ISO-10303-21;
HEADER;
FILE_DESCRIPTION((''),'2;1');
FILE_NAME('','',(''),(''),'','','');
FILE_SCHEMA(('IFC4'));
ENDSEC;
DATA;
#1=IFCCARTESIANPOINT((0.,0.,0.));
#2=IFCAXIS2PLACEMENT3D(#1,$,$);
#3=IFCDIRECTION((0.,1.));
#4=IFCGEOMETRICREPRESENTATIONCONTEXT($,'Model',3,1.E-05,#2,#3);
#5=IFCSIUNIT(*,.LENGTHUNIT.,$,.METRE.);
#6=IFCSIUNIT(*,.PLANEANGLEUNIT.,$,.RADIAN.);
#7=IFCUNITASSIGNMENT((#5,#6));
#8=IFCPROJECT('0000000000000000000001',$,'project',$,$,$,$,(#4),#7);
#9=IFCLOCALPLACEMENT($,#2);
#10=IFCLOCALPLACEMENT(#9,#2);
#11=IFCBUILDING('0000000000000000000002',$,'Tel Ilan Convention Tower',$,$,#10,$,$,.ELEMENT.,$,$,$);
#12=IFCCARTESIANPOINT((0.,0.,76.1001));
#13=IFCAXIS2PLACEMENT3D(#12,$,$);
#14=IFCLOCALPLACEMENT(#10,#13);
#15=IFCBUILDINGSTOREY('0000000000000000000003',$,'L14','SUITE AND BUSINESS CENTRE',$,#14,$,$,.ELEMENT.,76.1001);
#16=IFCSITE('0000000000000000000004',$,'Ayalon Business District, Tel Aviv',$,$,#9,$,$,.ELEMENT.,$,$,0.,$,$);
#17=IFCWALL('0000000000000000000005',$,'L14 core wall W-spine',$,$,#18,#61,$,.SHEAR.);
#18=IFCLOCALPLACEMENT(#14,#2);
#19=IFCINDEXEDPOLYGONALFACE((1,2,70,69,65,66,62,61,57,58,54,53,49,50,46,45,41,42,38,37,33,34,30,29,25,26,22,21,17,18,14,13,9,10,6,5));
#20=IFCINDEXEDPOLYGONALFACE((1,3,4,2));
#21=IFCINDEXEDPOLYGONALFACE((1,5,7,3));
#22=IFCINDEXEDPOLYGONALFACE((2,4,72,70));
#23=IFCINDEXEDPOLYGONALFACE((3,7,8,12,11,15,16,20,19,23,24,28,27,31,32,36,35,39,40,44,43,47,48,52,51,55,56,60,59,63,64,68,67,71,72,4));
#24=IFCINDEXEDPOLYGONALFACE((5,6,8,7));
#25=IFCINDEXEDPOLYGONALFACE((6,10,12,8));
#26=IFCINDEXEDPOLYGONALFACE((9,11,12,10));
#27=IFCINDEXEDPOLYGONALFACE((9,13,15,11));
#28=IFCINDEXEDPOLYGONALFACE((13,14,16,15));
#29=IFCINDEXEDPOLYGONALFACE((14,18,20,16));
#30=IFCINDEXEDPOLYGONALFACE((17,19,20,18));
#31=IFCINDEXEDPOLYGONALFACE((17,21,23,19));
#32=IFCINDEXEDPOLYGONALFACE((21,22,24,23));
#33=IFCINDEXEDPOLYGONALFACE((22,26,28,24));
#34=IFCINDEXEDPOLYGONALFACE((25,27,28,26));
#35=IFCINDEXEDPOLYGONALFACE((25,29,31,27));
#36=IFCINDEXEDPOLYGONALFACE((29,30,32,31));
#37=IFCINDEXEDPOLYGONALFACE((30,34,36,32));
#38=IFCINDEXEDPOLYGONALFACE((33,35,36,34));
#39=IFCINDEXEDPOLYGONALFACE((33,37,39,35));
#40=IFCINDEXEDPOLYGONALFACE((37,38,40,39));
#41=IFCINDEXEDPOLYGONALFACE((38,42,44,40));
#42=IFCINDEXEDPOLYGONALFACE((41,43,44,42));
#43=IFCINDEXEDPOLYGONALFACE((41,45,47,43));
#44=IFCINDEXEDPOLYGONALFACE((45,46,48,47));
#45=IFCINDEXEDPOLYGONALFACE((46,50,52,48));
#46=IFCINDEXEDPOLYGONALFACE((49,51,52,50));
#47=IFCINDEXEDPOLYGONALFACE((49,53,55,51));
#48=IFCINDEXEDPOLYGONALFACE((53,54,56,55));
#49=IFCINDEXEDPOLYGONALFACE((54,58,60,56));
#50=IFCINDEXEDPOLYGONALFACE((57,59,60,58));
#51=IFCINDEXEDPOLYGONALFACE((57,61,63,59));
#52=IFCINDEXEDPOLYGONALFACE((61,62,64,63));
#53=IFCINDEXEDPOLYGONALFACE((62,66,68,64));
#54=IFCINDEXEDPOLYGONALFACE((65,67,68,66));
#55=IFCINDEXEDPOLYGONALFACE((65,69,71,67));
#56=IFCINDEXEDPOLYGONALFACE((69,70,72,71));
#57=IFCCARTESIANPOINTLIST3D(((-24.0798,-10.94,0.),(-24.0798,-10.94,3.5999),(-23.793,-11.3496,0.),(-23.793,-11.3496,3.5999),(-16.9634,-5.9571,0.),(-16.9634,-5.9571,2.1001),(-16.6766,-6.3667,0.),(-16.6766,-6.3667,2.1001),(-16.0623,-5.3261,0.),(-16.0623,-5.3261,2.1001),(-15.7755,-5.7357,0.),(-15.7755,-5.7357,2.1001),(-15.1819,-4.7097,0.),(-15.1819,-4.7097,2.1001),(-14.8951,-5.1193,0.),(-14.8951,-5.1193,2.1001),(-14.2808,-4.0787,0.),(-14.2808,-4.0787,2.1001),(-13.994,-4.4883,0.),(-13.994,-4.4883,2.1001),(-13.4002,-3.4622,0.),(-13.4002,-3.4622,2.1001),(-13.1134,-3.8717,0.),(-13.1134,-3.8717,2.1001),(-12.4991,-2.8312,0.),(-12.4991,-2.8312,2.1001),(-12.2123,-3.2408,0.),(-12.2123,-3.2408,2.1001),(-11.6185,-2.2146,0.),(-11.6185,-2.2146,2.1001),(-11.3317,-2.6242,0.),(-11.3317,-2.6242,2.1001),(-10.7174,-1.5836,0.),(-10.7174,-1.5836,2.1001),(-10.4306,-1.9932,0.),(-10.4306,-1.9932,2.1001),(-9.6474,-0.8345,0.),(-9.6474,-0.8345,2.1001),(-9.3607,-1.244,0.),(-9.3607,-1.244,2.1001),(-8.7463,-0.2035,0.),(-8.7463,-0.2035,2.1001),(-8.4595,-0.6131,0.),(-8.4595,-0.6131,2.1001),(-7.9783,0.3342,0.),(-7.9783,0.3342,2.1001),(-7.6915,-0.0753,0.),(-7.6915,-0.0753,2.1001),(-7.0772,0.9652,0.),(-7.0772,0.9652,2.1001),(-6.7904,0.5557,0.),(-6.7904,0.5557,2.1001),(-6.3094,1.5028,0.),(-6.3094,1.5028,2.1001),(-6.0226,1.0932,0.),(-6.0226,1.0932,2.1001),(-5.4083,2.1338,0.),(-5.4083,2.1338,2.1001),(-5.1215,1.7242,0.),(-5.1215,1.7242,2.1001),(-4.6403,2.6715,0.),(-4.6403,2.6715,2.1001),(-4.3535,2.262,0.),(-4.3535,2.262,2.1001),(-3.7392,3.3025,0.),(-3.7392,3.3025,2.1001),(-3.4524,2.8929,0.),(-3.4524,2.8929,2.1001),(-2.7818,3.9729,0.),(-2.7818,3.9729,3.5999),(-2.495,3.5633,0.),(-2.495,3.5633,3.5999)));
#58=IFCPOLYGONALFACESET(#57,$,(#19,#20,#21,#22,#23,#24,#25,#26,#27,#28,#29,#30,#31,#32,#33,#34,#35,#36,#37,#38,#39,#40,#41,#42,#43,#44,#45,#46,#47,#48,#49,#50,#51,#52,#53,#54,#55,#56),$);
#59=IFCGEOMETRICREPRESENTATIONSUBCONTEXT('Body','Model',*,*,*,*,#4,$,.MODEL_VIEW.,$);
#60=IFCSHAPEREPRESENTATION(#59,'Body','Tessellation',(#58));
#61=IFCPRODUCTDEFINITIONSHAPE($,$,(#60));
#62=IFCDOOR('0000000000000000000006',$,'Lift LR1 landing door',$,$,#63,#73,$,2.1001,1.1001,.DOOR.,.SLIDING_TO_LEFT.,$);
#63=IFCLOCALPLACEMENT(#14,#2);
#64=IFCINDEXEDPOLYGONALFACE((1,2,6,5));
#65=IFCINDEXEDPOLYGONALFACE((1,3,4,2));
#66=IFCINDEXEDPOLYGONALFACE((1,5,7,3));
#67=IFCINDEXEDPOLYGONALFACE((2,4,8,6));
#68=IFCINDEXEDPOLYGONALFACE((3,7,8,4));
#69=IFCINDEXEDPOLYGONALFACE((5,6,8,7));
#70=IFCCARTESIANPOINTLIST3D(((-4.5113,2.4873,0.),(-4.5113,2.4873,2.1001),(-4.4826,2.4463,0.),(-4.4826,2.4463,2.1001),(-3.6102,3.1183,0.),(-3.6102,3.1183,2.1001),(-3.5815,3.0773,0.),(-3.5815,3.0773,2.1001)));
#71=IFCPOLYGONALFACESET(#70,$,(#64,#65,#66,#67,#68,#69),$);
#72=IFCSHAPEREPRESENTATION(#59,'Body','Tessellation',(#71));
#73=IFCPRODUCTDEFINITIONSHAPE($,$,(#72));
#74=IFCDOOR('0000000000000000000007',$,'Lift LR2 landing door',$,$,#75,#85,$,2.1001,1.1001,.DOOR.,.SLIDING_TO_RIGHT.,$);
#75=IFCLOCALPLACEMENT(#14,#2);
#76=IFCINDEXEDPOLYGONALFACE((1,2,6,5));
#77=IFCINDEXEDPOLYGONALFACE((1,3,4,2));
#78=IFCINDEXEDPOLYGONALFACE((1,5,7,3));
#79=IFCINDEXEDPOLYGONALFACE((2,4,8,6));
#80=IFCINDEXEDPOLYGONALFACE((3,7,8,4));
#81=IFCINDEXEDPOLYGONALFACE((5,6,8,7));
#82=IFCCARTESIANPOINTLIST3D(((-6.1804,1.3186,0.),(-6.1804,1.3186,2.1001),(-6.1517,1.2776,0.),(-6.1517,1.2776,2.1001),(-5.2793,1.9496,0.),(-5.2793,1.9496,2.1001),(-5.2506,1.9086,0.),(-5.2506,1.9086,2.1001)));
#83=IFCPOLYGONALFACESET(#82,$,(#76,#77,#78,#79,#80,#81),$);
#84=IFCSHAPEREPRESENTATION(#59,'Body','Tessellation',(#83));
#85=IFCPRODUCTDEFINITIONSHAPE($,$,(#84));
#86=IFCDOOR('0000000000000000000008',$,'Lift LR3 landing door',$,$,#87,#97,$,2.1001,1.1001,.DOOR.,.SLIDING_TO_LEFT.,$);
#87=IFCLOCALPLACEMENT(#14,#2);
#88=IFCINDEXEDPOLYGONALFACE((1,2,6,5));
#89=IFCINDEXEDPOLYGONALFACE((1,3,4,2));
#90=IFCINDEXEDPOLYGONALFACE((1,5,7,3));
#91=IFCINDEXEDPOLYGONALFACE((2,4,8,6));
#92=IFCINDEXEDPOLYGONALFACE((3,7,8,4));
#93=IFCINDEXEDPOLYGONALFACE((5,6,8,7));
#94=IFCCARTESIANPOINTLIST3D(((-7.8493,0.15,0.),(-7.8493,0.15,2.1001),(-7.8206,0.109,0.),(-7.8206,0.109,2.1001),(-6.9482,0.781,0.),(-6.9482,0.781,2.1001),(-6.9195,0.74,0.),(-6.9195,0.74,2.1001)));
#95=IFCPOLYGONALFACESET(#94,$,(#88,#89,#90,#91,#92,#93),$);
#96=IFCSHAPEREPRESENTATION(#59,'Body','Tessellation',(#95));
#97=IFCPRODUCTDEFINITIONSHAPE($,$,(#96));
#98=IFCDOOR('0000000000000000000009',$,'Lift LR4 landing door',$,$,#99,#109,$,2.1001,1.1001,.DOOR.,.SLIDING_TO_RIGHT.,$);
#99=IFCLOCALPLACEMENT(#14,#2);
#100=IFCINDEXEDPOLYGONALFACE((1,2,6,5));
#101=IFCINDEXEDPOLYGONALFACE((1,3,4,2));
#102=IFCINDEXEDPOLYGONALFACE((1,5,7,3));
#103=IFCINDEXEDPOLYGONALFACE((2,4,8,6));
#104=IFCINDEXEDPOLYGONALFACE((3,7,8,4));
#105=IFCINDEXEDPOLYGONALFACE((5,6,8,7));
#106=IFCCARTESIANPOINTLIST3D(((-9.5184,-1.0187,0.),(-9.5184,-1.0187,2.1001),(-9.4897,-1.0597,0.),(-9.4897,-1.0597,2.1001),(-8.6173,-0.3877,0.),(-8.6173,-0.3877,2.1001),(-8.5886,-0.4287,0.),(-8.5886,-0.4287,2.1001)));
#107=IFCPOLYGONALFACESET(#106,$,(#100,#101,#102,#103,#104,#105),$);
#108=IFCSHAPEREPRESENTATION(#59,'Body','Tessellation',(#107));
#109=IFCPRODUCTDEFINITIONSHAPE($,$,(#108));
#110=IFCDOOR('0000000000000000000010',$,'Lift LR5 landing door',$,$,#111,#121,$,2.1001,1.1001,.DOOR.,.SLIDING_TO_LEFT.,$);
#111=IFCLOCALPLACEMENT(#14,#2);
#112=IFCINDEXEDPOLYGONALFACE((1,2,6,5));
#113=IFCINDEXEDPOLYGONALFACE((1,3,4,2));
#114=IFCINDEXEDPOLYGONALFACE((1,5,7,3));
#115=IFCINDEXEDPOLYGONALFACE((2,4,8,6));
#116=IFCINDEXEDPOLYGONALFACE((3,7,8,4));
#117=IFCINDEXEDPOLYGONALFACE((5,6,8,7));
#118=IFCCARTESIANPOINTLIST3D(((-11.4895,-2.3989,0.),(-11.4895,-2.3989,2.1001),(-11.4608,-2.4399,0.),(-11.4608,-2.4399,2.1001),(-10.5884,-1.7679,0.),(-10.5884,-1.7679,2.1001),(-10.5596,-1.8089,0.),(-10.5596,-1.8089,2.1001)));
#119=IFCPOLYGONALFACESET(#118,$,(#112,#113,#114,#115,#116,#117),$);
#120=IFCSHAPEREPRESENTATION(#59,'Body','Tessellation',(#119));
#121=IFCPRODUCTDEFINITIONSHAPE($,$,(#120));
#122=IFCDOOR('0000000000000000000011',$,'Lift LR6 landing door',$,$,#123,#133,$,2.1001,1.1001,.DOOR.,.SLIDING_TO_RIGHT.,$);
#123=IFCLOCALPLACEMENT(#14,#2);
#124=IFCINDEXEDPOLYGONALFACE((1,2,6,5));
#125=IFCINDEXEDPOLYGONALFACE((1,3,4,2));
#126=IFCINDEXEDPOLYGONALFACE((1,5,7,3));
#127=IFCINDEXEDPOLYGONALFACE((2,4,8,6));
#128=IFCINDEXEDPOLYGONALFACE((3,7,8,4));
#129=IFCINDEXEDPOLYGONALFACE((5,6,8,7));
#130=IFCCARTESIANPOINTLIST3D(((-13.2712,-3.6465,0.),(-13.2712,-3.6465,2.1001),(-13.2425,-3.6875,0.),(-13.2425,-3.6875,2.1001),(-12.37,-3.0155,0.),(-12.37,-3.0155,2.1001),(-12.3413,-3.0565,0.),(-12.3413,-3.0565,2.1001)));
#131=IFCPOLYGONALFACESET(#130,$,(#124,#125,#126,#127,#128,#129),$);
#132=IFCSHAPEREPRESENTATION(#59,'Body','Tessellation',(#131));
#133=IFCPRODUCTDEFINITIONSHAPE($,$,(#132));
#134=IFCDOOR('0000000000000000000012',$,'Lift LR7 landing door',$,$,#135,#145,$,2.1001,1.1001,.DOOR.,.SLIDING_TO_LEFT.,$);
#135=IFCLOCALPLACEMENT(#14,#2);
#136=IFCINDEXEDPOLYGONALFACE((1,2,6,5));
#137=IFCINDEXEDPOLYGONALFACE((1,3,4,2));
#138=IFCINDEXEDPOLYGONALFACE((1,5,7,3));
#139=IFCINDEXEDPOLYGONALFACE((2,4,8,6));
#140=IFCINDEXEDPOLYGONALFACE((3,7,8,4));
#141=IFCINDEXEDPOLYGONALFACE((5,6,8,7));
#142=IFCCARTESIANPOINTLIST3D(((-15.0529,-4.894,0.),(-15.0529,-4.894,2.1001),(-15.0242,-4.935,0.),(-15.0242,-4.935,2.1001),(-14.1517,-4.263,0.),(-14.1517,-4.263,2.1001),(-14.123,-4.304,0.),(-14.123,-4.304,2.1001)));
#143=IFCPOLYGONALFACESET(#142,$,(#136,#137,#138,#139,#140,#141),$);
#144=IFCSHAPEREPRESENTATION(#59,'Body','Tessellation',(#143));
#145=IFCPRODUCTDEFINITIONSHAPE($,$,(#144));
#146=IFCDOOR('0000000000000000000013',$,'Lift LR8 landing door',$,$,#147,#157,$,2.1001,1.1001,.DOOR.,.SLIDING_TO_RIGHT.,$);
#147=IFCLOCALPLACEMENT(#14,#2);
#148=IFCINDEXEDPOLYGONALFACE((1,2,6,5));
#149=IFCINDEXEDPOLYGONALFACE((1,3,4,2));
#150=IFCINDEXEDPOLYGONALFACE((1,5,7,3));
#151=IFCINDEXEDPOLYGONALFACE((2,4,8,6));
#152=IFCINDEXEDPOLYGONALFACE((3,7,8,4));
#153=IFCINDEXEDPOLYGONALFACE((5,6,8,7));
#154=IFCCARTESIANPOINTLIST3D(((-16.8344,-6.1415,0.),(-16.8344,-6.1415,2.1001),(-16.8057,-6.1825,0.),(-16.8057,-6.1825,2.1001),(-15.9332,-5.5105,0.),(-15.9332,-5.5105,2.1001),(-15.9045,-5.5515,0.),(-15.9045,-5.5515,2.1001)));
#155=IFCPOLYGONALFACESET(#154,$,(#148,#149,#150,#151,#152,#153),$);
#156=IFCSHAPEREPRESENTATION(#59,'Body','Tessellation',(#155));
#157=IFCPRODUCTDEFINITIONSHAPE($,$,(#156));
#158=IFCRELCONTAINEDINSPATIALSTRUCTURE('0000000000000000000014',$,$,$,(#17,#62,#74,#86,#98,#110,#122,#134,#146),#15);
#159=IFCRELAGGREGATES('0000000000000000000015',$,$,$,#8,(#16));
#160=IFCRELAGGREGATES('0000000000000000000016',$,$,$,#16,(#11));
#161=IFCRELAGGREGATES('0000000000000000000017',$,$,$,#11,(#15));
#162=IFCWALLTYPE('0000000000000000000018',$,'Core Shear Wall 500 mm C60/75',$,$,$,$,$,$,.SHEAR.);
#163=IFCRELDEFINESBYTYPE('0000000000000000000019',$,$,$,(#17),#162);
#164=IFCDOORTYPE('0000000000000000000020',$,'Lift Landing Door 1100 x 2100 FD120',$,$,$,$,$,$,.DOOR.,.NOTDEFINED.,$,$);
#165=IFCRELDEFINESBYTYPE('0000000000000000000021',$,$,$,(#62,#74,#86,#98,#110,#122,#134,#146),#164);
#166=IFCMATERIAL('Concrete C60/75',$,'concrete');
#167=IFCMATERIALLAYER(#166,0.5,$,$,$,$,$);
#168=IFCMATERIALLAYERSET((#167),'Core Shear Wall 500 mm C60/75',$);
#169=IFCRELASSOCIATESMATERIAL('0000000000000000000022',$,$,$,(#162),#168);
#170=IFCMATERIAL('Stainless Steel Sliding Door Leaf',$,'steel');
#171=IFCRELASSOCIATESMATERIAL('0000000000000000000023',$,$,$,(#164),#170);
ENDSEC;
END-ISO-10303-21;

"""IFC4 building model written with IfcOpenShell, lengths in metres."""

from ifc_helpers import new_model, si_unit, direction, frame, frame_2d, origin, place, context, subcontext, project, spatial, polyline, rectangle, outline, extrude, material, layer, layer_set, type_object, element, fill, save


model = new_model("IFC4")

# Units and contexts
model_context = context("Model", 3, precision=1e-05, world=origin(), true_north=direction((0.0, 1.0)))
body_context = subcontext(model_context, "Body", "Model", "MODEL_VIEW")
ifc_project = project(units=[si_unit("LENGTHUNIT", "METRE"), si_unit("PLANEANGLEUNIT", "RADIAN")], contexts=[model_context])

# Site, building, storey
site_placement = place(None, origin())
site = spatial("IfcSite", under=ifc_project, at=site_placement, Name="Ayalon Business District, Tel Aviv", CompositionType="ELEMENT", RefElevation=0.0)
building_placement = place(site_placement, origin())
building = spatial("IfcBuilding", under=site, at=building_placement, Name="Tel Ilan Convention Tower", CompositionType="ELEMENT")
storey_placement = place(building_placement, frame((0.0, 0.0, 76.1001)))
storey = spatial("IfcBuildingStorey", under=building, at=storey_placement, Name="L14", Description="SUITE AND BUSINESS CENTRE", CompositionType="ELEMENT", Elevation=76.1001)

# Wall, openings, doors
ifc_material_1 = material(Name="Concrete C60/75", Category="concrete")
ifc_layer_1 = layer(ifc_material_1, 0.5)
ifc_layer_set_1 = layer_set([ifc_layer_1], Name="Core Shear Wall 500 mm C60/75")
wall_type_1 = type_object("IfcWallType", Name="Core Shear Wall 500 mm C60/75", PredefinedType="SHEAR", material=ifc_layer_set_1)
wall_1_placement = place(storey_placement, frame((-2.6384, 3.7681, 0.0), z_axis=(0.0, 0.0, 1.0), x_axis=(-0.819149, -0.573581, 0.0)))
wall_1 = element("IfcWall", 1, at=wall_1_placement, inside=storey, type_object=wall_type_1, Name="L14 core wall W-spine", PredefinedType="SHEAR", context=body_context, shape_type="SweptSolid", body=[
    extrude(outline(polyline([(26.0, 0.2498), (0.0, 0.25), (0.0, -0.25), (26.0, -0.2502), (26.0, 0.2498)])), origin(), (0.0, 0.0, 1.0), 3.5999),
])
opening_1_placement = place(wall_1_placement, frame((1.1687, 0.0, 0.0)))
opening_1 = element("IfcOpeningElement", 2, at=opening_1_placement, cuts=wall_1, PredefinedType="OPENING", context=body_context, shape_type="SweptSolid", body=[
    extrude(rectangle(XDim=1.1001, YDim=2.1001, at=frame_2d((0.55, 1.05))), frame((0.0, 0.26, 0.0), z_axis=(0.0, -1.0, 0.0), x_axis=(1.0, 0.0, 0.0)), (0.0, 0.0, 1.0), 0.52),
])
opening_2_placement = place(wall_1_placement, frame((3.2063, 0.0, 0.0)))
opening_2 = element("IfcOpeningElement", 3, at=opening_2_placement, cuts=wall_1, PredefinedType="OPENING", context=body_context, shape_type="SweptSolid", body=[
    extrude(rectangle(XDim=1.1001, YDim=2.1001, at=frame_2d((0.55, 1.05))), frame((0.0, 0.26, 0.0), z_axis=(0.0, -1.0, 0.0), x_axis=(1.0, 0.0, 0.0)), (0.0, 0.0, 1.0), 0.52),
])
opening_3_placement = place(wall_1_placement, frame((5.2437, 0.0, 0.0)))
opening_3 = element("IfcOpeningElement", 4, at=opening_3_placement, cuts=wall_1, PredefinedType="OPENING", context=body_context, shape_type="SweptSolid", body=[
    extrude(rectangle(XDim=1.1001, YDim=2.1001, at=frame_2d((0.55, 1.05))), frame((0.0, 0.26, 0.0), z_axis=(0.0, -1.0, 0.0), x_axis=(1.0, 0.0, 0.0)), (0.0, 0.0, 1.0), 0.52),
])
opening_4_placement = place(wall_1_placement, frame((7.2812, 0.0, 0.0)))
opening_4 = element("IfcOpeningElement", 5, at=opening_4_placement, cuts=wall_1, PredefinedType="OPENING", context=body_context, shape_type="SweptSolid", body=[
    extrude(rectangle(XDim=1.1001, YDim=2.1001, at=frame_2d((0.55, 1.05))), frame((0.0, 0.26, 0.0), z_axis=(0.0, -1.0, 0.0), x_axis=(1.0, 0.0, 0.0)), (0.0, 0.0, 1.0), 0.52),
])
opening_5_placement = place(wall_1_placement, frame((9.6875, 0.0, 0.0)))
opening_5 = element("IfcOpeningElement", 6, at=opening_5_placement, cuts=wall_1, PredefinedType="OPENING", context=body_context, shape_type="SweptSolid", body=[
    extrude(rectangle(XDim=1.1001, YDim=2.1001, at=frame_2d((0.55, 1.05))), frame((0.0, 0.26, 0.0), z_axis=(0.0, -1.0, 0.0), x_axis=(1.0, 0.0, 0.0)), (0.0, 0.0, 1.0), 0.52),
])
opening_6_placement = place(wall_1_placement, frame((11.8625, 0.0, 0.0)))
opening_6 = element("IfcOpeningElement", 7, at=opening_6_placement, cuts=wall_1, PredefinedType="OPENING", context=body_context, shape_type="SweptSolid", body=[
    extrude(rectangle(XDim=1.1001, YDim=2.1001, at=frame_2d((0.55, 1.05))), frame((0.0, 0.26, 0.0), z_axis=(0.0, -1.0, 0.0), x_axis=(1.0, 0.0, 0.0)), (0.0, 0.0, 1.0), 0.52),
])
opening_7_placement = place(wall_1_placement, frame((14.0376, 0.0, 0.0)))
opening_7 = element("IfcOpeningElement", 8, at=opening_7_placement, cuts=wall_1, PredefinedType="OPENING", context=body_context, shape_type="SweptSolid", body=[
    extrude(rectangle(XDim=1.1001, YDim=2.1001, at=frame_2d((0.55, 1.05))), frame((0.0, 0.26, 0.0), z_axis=(0.0, -1.0, 0.0), x_axis=(1.0, 0.0, 0.0)), (0.0, 0.0, 1.0), 0.52),
])
opening_8_placement = place(wall_1_placement, frame((16.2124, 0.0, 0.0)))
opening_8 = element("IfcOpeningElement", 9, at=opening_8_placement, cuts=wall_1, PredefinedType="OPENING", context=body_context, shape_type="SweptSolid", body=[
    extrude(rectangle(XDim=1.1001, YDim=2.1001, at=frame_2d((0.55, 1.05))), frame((0.0, 0.26, 0.0), z_axis=(0.0, -1.0, 0.0), x_axis=(1.0, 0.0, 0.0)), (0.0, 0.0, 1.0), 0.52),
])
ifc_material_2 = material(Name="Stainless Steel Sliding Door Leaf", Category="steel")
door_type_1 = type_object("IfcDoorType", Name="Lift Landing Door 1100 x 2100 FD120", OperationType="NOTDEFINED", PredefinedType="DOOR", material=ifc_material_2)
door_1_placement = place(opening_1_placement, origin())
door_1 = element("IfcDoor", 10, at=door_1_placement, inside=storey, type_object=door_type_1, Name="Lift LR1 landing door", OperationType="SLIDING_TO_LEFT", OverallHeight=2.1001, OverallWidth=1.1001, PredefinedType="DOOR", context=body_context, shape_type="SweptSolid", body=[
    extrude(rectangle(XDim=1.1001, YDim=2.1001, at=frame_2d((0.55, 1.05))), frame((0.0, 0.0249, 0.0), z_axis=(0.0, -1.0, 0.0), x_axis=(1.0, 0.0, 0.0)), (0.0, 0.0, 1.0), 0.05),
])
fill(opening_1, door_1)
door_2_placement = place(opening_2_placement, origin())
door_2 = element("IfcDoor", 11, at=door_2_placement, inside=storey, type_object=door_type_1, Name="Lift LR2 landing door", OperationType="SLIDING_TO_RIGHT", OverallHeight=2.1001, OverallWidth=1.1001, PredefinedType="DOOR", context=body_context, shape_type="SweptSolid", body=[
    extrude(rectangle(XDim=1.1001, YDim=2.1001, at=frame_2d((0.55, 1.05))), frame((0.0, 0.0249, 0.0), z_axis=(0.0, -1.0, 0.0), x_axis=(1.0, 0.0, 0.0)), (0.0, 0.0, 1.0), 0.05),
])
fill(opening_2, door_2)
door_3_placement = place(opening_3_placement, origin())
door_3 = element("IfcDoor", 12, at=door_3_placement, inside=storey, type_object=door_type_1, Name="Lift LR3 landing door", OperationType="SLIDING_TO_LEFT", OverallHeight=2.1001, OverallWidth=1.1001, PredefinedType="DOOR", context=body_context, shape_type="SweptSolid", body=[
    extrude(rectangle(XDim=1.1001, YDim=2.1001, at=frame_2d((0.55, 1.05))), frame((0.0, 0.0249, 0.0), z_axis=(0.0, -1.0, 0.0), x_axis=(1.0, 0.0, 0.0)), (0.0, 0.0, 1.0), 0.05),
])
fill(opening_3, door_3)
door_4_placement = place(opening_4_placement, origin())
door_4 = element("IfcDoor", 13, at=door_4_placement, inside=storey, type_object=door_type_1, Name="Lift LR4 landing door", OperationType="SLIDING_TO_RIGHT", OverallHeight=2.1001, OverallWidth=1.1001, PredefinedType="DOOR", context=body_context, shape_type="SweptSolid", body=[
    extrude(rectangle(XDim=1.1001, YDim=2.1001, at=frame_2d((0.55, 1.05))), frame((0.0, 0.0249, 0.0), z_axis=(0.0, -1.0, 0.0), x_axis=(1.0, 0.0, 0.0)), (0.0, 0.0, 1.0), 0.05),
])
fill(opening_4, door_4)
door_5_placement = place(opening_5_placement, origin())
door_5 = element("IfcDoor", 14, at=door_5_placement, inside=storey, type_object=door_type_1, Name="Lift LR5 landing door", OperationType="SLIDING_TO_LEFT", OverallHeight=2.1001, OverallWidth=1.1001, PredefinedType="DOOR", context=body_context, shape_type="SweptSolid", body=[
    extrude(rectangle(XDim=1.1001, YDim=2.1001, at=frame_2d((0.55, 1.05))), frame((0.0, 0.0249, 0.0), z_axis=(0.0, -1.0, 0.0), x_axis=(1.0, 0.0, 0.0)), (0.0, 0.0, 1.0), 0.05),
])
fill(opening_5, door_5)
door_6_placement = place(opening_6_placement, origin())
door_6 = element("IfcDoor", 15, at=door_6_placement, inside=storey, type_object=door_type_1, Name="Lift LR6 landing door", OperationType="SLIDING_TO_RIGHT", OverallHeight=2.1001, OverallWidth=1.1001, PredefinedType="DOOR", context=body_context, shape_type="SweptSolid", body=[
    extrude(rectangle(XDim=1.1001, YDim=2.1001, at=frame_2d((0.55, 1.05))), frame((0.0, 0.0249, 0.0), z_axis=(0.0, -1.0, 0.0), x_axis=(1.0, 0.0, 0.0)), (0.0, 0.0, 1.0), 0.05),
])
fill(opening_6, door_6)
door_7_placement = place(opening_7_placement, origin())
door_7 = element("IfcDoor", 16, at=door_7_placement, inside=storey, type_object=door_type_1, Name="Lift LR7 landing door", OperationType="SLIDING_TO_LEFT", OverallHeight=2.1001, OverallWidth=1.1001, PredefinedType="DOOR", context=body_context, shape_type="SweptSolid", body=[
    extrude(rectangle(XDim=1.1001, YDim=2.1001, at=frame_2d((0.55, 1.05))), frame((0.0, 0.0249, 0.0), z_axis=(0.0, -1.0, 0.0), x_axis=(1.0, 0.0, 0.0)), (0.0, 0.0, 1.0), 0.05),
])
fill(opening_7, door_7)
door_8_placement = place(opening_8_placement, origin())
door_8 = element("IfcDoor", 17, at=door_8_placement, inside=storey, type_object=door_type_1, Name="Lift LR8 landing door", OperationType="SLIDING_TO_RIGHT", OverallHeight=2.1001, OverallWidth=1.1001, PredefinedType="DOOR", context=body_context, shape_type="SweptSolid", body=[
    extrude(rectangle(XDim=1.1001, YDim=2.1001, at=frame_2d((0.55, 1.05))), frame((0.0, 0.0249, 0.0), z_axis=(0.0, -1.0, 0.0), x_axis=(1.0, 0.0, 0.0)), (0.0, 0.0, 1.0), 0.05),
])
fill(opening_8, door_8)

save(model, "model.ifc")
